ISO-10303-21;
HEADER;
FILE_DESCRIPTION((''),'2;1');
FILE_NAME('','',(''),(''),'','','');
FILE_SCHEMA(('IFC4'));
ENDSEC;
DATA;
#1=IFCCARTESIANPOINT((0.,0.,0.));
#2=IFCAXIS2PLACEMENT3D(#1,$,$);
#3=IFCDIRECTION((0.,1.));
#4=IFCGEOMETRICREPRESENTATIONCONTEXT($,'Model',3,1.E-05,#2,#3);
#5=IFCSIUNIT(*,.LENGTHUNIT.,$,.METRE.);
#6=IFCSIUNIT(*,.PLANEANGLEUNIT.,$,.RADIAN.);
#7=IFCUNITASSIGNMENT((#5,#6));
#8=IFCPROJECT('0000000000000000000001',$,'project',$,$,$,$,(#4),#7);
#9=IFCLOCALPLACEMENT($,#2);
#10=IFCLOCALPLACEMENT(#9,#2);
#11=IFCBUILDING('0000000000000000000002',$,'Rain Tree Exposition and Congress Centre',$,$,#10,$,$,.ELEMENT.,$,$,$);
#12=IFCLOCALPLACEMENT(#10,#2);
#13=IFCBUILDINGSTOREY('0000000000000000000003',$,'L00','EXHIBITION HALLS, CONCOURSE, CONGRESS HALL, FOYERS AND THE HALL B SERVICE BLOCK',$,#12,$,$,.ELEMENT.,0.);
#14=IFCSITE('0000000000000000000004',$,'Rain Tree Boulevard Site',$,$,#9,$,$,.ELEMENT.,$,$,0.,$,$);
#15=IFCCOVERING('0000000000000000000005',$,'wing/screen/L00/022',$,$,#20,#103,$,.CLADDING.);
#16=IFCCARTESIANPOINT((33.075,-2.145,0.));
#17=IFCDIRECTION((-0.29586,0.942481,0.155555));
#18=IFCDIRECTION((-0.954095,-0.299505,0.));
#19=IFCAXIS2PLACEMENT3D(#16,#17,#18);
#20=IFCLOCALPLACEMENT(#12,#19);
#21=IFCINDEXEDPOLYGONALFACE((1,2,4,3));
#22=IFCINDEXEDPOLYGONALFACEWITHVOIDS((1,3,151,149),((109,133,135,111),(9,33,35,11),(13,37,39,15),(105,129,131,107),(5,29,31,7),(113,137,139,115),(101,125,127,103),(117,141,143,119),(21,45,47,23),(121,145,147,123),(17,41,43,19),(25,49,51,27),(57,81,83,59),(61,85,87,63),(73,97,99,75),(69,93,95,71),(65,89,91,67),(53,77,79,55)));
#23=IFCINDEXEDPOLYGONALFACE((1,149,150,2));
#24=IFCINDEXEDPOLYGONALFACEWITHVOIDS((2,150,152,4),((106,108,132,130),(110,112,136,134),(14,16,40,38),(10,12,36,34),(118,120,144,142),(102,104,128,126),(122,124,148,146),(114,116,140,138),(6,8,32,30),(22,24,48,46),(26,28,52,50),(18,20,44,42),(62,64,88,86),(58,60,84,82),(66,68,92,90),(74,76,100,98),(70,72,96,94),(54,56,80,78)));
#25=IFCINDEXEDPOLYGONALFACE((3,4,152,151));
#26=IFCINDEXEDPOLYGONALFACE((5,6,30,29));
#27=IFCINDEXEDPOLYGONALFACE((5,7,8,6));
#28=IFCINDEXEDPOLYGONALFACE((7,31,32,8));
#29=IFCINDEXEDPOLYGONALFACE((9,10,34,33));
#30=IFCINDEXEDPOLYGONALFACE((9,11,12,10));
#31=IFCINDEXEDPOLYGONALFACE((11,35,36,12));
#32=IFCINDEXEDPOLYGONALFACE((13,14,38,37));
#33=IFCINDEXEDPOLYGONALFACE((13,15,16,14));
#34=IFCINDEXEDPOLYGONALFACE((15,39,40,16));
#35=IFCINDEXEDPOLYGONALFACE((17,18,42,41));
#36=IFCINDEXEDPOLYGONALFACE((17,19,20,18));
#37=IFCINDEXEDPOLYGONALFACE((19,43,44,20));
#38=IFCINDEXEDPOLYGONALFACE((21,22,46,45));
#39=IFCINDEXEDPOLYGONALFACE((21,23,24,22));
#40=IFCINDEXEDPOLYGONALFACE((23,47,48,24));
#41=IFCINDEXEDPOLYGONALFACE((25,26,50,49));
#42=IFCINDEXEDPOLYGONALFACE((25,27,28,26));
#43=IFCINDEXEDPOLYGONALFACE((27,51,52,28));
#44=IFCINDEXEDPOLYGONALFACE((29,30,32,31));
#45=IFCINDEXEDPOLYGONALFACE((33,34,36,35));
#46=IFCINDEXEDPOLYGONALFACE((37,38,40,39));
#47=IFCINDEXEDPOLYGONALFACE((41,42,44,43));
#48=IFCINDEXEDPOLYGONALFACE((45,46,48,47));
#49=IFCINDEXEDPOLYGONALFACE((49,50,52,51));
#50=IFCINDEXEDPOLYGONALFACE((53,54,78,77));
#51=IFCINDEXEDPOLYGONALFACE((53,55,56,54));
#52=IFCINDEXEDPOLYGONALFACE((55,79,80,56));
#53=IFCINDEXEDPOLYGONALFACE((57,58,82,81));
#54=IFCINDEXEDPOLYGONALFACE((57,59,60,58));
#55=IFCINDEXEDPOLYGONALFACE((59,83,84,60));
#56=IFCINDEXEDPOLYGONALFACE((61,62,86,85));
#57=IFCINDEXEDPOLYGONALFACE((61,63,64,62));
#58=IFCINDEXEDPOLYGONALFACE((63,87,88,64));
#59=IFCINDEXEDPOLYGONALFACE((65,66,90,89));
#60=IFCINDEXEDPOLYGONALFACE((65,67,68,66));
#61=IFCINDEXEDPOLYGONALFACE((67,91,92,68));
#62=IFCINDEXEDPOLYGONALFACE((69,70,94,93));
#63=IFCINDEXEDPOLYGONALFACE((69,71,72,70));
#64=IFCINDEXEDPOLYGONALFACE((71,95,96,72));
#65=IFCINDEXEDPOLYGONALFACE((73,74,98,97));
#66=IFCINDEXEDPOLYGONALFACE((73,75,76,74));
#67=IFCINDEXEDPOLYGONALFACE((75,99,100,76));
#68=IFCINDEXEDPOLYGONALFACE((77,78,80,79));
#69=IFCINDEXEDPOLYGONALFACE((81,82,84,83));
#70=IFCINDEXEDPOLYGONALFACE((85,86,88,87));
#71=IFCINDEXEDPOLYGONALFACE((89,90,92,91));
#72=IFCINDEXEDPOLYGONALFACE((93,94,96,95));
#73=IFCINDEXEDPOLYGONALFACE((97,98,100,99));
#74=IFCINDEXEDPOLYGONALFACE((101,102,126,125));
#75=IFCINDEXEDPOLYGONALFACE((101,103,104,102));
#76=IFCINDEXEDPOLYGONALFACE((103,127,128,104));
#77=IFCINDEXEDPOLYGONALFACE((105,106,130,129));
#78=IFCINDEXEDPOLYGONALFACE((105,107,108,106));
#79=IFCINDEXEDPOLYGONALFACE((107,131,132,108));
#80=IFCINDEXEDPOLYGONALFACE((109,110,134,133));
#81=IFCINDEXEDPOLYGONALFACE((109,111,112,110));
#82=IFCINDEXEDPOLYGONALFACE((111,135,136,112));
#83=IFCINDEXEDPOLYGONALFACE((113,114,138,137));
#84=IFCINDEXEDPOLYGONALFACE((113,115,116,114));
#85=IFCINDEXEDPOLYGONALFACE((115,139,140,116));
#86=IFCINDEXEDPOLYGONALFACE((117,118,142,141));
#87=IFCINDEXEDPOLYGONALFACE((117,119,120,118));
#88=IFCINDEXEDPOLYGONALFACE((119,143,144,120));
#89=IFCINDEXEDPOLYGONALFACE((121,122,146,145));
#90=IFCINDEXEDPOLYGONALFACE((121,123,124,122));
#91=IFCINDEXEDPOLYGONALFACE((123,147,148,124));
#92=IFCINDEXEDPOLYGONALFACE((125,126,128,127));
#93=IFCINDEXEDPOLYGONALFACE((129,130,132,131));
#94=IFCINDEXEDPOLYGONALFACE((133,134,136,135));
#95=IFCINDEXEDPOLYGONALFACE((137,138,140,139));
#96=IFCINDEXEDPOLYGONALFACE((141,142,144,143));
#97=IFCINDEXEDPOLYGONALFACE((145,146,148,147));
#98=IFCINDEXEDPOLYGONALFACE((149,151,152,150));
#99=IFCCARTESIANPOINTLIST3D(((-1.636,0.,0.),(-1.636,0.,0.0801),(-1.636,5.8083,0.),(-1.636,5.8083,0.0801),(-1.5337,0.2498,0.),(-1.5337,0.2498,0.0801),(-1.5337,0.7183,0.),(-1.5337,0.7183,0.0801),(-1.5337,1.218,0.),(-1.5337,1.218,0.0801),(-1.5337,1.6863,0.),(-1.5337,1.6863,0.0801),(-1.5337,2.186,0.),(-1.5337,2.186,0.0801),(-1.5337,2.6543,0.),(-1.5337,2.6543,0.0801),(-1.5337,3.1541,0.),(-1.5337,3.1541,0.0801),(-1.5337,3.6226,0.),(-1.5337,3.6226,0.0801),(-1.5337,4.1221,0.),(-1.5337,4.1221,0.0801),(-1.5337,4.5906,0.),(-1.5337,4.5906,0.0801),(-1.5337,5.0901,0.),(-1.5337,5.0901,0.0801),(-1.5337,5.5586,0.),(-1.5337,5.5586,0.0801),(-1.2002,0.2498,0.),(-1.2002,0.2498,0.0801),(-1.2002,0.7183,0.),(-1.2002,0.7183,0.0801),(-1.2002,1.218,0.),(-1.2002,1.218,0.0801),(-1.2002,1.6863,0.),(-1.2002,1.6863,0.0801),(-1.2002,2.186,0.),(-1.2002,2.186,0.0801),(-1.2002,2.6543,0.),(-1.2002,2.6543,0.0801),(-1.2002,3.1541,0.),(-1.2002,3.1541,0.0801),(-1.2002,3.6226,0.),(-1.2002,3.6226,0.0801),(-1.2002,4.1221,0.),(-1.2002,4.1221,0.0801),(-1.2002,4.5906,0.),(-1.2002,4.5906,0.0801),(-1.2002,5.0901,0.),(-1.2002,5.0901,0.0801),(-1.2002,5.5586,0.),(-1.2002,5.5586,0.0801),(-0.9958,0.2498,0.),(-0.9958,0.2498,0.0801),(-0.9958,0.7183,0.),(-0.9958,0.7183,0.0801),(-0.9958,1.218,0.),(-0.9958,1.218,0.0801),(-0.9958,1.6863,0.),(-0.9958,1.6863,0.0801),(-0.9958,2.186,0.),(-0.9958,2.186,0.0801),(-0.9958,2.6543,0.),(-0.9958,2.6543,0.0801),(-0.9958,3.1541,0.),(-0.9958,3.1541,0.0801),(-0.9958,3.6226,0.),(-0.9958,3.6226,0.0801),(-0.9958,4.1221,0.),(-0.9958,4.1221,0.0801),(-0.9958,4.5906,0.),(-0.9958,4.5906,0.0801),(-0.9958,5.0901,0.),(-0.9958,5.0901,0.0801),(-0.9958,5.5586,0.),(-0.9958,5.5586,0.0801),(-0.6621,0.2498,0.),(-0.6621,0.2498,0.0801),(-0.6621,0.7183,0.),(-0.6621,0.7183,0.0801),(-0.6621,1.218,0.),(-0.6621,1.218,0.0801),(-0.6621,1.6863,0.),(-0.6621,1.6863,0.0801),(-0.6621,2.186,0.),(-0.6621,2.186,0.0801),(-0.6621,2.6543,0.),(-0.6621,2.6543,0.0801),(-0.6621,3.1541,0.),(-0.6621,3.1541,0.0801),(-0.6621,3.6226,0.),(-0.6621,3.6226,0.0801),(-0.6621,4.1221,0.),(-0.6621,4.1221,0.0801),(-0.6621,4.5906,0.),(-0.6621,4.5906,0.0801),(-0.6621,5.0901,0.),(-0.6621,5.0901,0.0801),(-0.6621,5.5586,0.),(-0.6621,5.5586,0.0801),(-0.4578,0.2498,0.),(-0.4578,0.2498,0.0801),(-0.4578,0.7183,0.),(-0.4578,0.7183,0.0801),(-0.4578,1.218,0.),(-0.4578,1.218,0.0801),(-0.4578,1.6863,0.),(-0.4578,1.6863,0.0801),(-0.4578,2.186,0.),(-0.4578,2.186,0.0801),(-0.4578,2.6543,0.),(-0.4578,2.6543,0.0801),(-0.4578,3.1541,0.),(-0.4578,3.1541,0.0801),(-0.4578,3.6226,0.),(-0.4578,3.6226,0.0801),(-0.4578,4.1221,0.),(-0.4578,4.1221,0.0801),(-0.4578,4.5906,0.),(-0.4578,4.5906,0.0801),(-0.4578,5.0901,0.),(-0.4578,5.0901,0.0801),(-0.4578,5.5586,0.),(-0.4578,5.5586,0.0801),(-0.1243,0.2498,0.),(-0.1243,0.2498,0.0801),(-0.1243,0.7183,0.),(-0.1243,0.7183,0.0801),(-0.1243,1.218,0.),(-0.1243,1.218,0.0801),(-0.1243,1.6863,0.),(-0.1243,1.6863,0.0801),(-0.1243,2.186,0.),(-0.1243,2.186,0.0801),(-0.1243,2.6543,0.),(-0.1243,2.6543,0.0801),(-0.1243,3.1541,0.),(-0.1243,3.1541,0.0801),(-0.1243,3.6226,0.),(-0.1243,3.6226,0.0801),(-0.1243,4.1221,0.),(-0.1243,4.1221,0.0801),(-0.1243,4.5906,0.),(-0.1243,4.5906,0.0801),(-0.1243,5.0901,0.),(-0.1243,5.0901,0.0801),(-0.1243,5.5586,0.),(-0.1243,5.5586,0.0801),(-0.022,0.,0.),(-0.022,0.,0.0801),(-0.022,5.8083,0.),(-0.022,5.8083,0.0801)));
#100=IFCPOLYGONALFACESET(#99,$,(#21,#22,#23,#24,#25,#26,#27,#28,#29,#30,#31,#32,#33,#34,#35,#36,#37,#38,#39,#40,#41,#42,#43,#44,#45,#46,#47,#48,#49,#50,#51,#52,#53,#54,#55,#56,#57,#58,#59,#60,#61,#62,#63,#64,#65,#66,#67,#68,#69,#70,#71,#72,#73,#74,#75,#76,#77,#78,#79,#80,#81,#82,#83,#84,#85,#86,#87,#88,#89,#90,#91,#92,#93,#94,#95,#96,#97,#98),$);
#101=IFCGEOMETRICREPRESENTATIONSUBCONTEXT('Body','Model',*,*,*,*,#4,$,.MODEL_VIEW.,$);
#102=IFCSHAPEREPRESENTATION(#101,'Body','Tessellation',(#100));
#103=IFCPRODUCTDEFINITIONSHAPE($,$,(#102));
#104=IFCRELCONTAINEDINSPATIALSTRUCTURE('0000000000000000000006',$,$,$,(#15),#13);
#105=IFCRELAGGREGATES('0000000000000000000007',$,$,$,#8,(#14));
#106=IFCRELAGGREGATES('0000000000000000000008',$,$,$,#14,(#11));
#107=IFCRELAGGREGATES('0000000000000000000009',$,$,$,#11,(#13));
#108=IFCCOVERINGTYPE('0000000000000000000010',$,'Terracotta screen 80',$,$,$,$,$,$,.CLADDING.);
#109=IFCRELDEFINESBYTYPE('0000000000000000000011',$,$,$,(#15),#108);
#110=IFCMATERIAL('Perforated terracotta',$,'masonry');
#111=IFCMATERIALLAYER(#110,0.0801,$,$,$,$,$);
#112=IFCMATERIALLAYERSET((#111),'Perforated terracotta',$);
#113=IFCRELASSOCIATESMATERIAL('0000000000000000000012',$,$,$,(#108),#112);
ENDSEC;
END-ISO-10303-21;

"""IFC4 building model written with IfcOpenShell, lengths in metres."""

from ifc_helpers import new_model, si_unit, direction, frame, origin, place, context, subcontext, project, spatial, polyline, outline, extrude, material, layer, layer_set, type_object, element, save


model = new_model("IFC4")

# Units and contexts
model_context = context("Model", 3, precision=1e-05, world=origin(), true_north=direction((0.0, 1.0)))
body_context = subcontext(model_context, "Body", "Model", "MODEL_VIEW")
ifc_project = project(units=[si_unit("LENGTHUNIT", "METRE"), si_unit("PLANEANGLEUNIT", "RADIAN")], contexts=[model_context])

# Site, building, storey
site_placement = place(None, origin())
site = spatial("IfcSite", under=ifc_project, at=site_placement, Name="Rain Tree Boulevard Site", CompositionType="ELEMENT", RefElevation=0.0)
building_placement = place(site_placement, origin())
building = spatial("IfcBuilding", under=site, at=building_placement, Name="Rain Tree Exposition and Congress Centre", CompositionType="ELEMENT")
storey_placement = place(building_placement, origin())
storey = spatial("IfcBuildingStorey", under=building, at=storey_placement, Name="L00", Description="EXHIBITION HALLS, CONCOURSE, CONGRESS HALL, FOYERS AND THE HALL B SERVICE BLOCK", CompositionType="ELEMENT", Elevation=0.0)

# Covering
ifc_material_1 = material(Name="Perforated terracotta", Category="masonry")
ifc_layer_1 = layer(ifc_material_1, 0.0801)
ifc_layer_set_1 = layer_set([ifc_layer_1], Name="Perforated terracotta")
covering_type = type_object("IfcCoveringType", Name="Terracotta screen 80", PredefinedType="CLADDING", material=ifc_layer_set_1)
covering_1_placement = place(storey_placement, frame((33.075, -2.145, 0.0), z_axis=(-0.29586, 0.942481, 0.155555), x_axis=(-0.954095, -0.299505, 0.0)))
element("IfcCovering", 1, at=covering_1_placement, inside=storey, type_object=covering_type, Name="wing/screen/L00/022", PredefinedType="CLADDING", context=body_context, shape_type="SweptSolid", body=[
    extrude(outline(polyline([(-1.636, 0.0), (-1.636, 5.8083), (-0.022, 5.8083), (-0.022, 0.0), (-1.636, 0.0)]), holes=[polyline([(-0.1243, 0.2498), (-0.1243, 0.7183), (-0.4578, 0.7183), (-0.4578, 0.2498), (-0.1243, 0.2498)]), polyline([(-0.1243, 1.218), (-0.1243, 1.6863), (-0.4578, 1.6863), (-0.4578, 1.218), (-0.1243, 1.218)]), polyline([(-0.1243, 2.186), (-0.1243, 2.6543), (-0.4578, 2.6543), (-0.4578, 2.186), (-0.1243, 2.186)]), polyline([(-0.1243, 3.1541), (-0.1243, 3.6226), (-0.4578, 3.6226), (-0.4578, 3.1541), (-0.1243, 3.1541)]), polyline([(-0.1243, 4.1221), (-0.1243, 4.5906), (-0.4578, 4.5906), (-0.4578, 4.1221), (-0.1243, 4.1221)]), polyline([(-0.1243, 5.0901), (-0.1243, 5.5586), (-0.4578, 5.5586), (-0.4578, 5.0901), (-0.1243, 5.0901)]), polyline([(-0.6621, 0.2498), (-0.6621, 0.7183), (-0.9958, 0.7183), (-0.9958, 0.2498), (-0.6621, 0.2498)]), polyline([(-0.6621, 1.218), (-0.6621, 1.6863), (-0.9958, 1.6863), (-0.9958, 1.218), (-0.6621, 1.218)]), polyline([(-0.6621, 2.186), (-0.6621, 2.6543), (-0.9958, 2.6543), (-0.9958, 2.186), (-0.6621, 2.186)]), polyline([(-0.6621, 3.1541), (-0.6621, 3.6226), (-0.9958, 3.6226), (-0.9958, 3.1541), (-0.6621, 3.1541)]), polyline([(-0.6621, 4.1221), (-0.6621, 4.5906), (-0.9958, 4.5906), (-0.9958, 4.1221), (-0.6621, 4.1221)]), polyline([(-0.6621, 5.0901), (-0.6621, 5.5586), (-0.9958, 5.5586), (-0.9958, 5.0901), (-0.6621, 5.0901)]), polyline([(-1.2002, 0.2498), (-1.2002, 0.7183), (-1.5337, 0.7183), (-1.5337, 0.2498), (-1.2002, 0.2498)]), polyline([(-1.2002, 1.218), (-1.2002, 1.6863), (-1.5337, 1.6863), (-1.5337, 1.218), (-1.2002, 1.218)]), polyline([(-1.2002, 2.186), (-1.2002, 2.6543), (-1.5337, 2.6543), (-1.5337, 2.186), (-1.2002, 2.186)]), polyline([(-1.2002, 3.1541), (-1.2002, 3.6226), (-1.5337, 3.6226), (-1.5337, 3.1541), (-1.2002, 3.1541)]), polyline([(-1.2002, 4.1221), (-1.2002, 4.5906), (-1.5337, 4.5906), (-1.5337, 4.1221), (-1.2002, 4.1221)]), polyline([(-1.2002, 5.0901), (-1.2002, 5.5586), (-1.5337, 5.5586), (-1.5337, 5.0901), (-1.2002, 5.0901)])]), origin(), (0.0, 0.0, 1.0), 0.0801),
])

save(model, "model.ifc")
